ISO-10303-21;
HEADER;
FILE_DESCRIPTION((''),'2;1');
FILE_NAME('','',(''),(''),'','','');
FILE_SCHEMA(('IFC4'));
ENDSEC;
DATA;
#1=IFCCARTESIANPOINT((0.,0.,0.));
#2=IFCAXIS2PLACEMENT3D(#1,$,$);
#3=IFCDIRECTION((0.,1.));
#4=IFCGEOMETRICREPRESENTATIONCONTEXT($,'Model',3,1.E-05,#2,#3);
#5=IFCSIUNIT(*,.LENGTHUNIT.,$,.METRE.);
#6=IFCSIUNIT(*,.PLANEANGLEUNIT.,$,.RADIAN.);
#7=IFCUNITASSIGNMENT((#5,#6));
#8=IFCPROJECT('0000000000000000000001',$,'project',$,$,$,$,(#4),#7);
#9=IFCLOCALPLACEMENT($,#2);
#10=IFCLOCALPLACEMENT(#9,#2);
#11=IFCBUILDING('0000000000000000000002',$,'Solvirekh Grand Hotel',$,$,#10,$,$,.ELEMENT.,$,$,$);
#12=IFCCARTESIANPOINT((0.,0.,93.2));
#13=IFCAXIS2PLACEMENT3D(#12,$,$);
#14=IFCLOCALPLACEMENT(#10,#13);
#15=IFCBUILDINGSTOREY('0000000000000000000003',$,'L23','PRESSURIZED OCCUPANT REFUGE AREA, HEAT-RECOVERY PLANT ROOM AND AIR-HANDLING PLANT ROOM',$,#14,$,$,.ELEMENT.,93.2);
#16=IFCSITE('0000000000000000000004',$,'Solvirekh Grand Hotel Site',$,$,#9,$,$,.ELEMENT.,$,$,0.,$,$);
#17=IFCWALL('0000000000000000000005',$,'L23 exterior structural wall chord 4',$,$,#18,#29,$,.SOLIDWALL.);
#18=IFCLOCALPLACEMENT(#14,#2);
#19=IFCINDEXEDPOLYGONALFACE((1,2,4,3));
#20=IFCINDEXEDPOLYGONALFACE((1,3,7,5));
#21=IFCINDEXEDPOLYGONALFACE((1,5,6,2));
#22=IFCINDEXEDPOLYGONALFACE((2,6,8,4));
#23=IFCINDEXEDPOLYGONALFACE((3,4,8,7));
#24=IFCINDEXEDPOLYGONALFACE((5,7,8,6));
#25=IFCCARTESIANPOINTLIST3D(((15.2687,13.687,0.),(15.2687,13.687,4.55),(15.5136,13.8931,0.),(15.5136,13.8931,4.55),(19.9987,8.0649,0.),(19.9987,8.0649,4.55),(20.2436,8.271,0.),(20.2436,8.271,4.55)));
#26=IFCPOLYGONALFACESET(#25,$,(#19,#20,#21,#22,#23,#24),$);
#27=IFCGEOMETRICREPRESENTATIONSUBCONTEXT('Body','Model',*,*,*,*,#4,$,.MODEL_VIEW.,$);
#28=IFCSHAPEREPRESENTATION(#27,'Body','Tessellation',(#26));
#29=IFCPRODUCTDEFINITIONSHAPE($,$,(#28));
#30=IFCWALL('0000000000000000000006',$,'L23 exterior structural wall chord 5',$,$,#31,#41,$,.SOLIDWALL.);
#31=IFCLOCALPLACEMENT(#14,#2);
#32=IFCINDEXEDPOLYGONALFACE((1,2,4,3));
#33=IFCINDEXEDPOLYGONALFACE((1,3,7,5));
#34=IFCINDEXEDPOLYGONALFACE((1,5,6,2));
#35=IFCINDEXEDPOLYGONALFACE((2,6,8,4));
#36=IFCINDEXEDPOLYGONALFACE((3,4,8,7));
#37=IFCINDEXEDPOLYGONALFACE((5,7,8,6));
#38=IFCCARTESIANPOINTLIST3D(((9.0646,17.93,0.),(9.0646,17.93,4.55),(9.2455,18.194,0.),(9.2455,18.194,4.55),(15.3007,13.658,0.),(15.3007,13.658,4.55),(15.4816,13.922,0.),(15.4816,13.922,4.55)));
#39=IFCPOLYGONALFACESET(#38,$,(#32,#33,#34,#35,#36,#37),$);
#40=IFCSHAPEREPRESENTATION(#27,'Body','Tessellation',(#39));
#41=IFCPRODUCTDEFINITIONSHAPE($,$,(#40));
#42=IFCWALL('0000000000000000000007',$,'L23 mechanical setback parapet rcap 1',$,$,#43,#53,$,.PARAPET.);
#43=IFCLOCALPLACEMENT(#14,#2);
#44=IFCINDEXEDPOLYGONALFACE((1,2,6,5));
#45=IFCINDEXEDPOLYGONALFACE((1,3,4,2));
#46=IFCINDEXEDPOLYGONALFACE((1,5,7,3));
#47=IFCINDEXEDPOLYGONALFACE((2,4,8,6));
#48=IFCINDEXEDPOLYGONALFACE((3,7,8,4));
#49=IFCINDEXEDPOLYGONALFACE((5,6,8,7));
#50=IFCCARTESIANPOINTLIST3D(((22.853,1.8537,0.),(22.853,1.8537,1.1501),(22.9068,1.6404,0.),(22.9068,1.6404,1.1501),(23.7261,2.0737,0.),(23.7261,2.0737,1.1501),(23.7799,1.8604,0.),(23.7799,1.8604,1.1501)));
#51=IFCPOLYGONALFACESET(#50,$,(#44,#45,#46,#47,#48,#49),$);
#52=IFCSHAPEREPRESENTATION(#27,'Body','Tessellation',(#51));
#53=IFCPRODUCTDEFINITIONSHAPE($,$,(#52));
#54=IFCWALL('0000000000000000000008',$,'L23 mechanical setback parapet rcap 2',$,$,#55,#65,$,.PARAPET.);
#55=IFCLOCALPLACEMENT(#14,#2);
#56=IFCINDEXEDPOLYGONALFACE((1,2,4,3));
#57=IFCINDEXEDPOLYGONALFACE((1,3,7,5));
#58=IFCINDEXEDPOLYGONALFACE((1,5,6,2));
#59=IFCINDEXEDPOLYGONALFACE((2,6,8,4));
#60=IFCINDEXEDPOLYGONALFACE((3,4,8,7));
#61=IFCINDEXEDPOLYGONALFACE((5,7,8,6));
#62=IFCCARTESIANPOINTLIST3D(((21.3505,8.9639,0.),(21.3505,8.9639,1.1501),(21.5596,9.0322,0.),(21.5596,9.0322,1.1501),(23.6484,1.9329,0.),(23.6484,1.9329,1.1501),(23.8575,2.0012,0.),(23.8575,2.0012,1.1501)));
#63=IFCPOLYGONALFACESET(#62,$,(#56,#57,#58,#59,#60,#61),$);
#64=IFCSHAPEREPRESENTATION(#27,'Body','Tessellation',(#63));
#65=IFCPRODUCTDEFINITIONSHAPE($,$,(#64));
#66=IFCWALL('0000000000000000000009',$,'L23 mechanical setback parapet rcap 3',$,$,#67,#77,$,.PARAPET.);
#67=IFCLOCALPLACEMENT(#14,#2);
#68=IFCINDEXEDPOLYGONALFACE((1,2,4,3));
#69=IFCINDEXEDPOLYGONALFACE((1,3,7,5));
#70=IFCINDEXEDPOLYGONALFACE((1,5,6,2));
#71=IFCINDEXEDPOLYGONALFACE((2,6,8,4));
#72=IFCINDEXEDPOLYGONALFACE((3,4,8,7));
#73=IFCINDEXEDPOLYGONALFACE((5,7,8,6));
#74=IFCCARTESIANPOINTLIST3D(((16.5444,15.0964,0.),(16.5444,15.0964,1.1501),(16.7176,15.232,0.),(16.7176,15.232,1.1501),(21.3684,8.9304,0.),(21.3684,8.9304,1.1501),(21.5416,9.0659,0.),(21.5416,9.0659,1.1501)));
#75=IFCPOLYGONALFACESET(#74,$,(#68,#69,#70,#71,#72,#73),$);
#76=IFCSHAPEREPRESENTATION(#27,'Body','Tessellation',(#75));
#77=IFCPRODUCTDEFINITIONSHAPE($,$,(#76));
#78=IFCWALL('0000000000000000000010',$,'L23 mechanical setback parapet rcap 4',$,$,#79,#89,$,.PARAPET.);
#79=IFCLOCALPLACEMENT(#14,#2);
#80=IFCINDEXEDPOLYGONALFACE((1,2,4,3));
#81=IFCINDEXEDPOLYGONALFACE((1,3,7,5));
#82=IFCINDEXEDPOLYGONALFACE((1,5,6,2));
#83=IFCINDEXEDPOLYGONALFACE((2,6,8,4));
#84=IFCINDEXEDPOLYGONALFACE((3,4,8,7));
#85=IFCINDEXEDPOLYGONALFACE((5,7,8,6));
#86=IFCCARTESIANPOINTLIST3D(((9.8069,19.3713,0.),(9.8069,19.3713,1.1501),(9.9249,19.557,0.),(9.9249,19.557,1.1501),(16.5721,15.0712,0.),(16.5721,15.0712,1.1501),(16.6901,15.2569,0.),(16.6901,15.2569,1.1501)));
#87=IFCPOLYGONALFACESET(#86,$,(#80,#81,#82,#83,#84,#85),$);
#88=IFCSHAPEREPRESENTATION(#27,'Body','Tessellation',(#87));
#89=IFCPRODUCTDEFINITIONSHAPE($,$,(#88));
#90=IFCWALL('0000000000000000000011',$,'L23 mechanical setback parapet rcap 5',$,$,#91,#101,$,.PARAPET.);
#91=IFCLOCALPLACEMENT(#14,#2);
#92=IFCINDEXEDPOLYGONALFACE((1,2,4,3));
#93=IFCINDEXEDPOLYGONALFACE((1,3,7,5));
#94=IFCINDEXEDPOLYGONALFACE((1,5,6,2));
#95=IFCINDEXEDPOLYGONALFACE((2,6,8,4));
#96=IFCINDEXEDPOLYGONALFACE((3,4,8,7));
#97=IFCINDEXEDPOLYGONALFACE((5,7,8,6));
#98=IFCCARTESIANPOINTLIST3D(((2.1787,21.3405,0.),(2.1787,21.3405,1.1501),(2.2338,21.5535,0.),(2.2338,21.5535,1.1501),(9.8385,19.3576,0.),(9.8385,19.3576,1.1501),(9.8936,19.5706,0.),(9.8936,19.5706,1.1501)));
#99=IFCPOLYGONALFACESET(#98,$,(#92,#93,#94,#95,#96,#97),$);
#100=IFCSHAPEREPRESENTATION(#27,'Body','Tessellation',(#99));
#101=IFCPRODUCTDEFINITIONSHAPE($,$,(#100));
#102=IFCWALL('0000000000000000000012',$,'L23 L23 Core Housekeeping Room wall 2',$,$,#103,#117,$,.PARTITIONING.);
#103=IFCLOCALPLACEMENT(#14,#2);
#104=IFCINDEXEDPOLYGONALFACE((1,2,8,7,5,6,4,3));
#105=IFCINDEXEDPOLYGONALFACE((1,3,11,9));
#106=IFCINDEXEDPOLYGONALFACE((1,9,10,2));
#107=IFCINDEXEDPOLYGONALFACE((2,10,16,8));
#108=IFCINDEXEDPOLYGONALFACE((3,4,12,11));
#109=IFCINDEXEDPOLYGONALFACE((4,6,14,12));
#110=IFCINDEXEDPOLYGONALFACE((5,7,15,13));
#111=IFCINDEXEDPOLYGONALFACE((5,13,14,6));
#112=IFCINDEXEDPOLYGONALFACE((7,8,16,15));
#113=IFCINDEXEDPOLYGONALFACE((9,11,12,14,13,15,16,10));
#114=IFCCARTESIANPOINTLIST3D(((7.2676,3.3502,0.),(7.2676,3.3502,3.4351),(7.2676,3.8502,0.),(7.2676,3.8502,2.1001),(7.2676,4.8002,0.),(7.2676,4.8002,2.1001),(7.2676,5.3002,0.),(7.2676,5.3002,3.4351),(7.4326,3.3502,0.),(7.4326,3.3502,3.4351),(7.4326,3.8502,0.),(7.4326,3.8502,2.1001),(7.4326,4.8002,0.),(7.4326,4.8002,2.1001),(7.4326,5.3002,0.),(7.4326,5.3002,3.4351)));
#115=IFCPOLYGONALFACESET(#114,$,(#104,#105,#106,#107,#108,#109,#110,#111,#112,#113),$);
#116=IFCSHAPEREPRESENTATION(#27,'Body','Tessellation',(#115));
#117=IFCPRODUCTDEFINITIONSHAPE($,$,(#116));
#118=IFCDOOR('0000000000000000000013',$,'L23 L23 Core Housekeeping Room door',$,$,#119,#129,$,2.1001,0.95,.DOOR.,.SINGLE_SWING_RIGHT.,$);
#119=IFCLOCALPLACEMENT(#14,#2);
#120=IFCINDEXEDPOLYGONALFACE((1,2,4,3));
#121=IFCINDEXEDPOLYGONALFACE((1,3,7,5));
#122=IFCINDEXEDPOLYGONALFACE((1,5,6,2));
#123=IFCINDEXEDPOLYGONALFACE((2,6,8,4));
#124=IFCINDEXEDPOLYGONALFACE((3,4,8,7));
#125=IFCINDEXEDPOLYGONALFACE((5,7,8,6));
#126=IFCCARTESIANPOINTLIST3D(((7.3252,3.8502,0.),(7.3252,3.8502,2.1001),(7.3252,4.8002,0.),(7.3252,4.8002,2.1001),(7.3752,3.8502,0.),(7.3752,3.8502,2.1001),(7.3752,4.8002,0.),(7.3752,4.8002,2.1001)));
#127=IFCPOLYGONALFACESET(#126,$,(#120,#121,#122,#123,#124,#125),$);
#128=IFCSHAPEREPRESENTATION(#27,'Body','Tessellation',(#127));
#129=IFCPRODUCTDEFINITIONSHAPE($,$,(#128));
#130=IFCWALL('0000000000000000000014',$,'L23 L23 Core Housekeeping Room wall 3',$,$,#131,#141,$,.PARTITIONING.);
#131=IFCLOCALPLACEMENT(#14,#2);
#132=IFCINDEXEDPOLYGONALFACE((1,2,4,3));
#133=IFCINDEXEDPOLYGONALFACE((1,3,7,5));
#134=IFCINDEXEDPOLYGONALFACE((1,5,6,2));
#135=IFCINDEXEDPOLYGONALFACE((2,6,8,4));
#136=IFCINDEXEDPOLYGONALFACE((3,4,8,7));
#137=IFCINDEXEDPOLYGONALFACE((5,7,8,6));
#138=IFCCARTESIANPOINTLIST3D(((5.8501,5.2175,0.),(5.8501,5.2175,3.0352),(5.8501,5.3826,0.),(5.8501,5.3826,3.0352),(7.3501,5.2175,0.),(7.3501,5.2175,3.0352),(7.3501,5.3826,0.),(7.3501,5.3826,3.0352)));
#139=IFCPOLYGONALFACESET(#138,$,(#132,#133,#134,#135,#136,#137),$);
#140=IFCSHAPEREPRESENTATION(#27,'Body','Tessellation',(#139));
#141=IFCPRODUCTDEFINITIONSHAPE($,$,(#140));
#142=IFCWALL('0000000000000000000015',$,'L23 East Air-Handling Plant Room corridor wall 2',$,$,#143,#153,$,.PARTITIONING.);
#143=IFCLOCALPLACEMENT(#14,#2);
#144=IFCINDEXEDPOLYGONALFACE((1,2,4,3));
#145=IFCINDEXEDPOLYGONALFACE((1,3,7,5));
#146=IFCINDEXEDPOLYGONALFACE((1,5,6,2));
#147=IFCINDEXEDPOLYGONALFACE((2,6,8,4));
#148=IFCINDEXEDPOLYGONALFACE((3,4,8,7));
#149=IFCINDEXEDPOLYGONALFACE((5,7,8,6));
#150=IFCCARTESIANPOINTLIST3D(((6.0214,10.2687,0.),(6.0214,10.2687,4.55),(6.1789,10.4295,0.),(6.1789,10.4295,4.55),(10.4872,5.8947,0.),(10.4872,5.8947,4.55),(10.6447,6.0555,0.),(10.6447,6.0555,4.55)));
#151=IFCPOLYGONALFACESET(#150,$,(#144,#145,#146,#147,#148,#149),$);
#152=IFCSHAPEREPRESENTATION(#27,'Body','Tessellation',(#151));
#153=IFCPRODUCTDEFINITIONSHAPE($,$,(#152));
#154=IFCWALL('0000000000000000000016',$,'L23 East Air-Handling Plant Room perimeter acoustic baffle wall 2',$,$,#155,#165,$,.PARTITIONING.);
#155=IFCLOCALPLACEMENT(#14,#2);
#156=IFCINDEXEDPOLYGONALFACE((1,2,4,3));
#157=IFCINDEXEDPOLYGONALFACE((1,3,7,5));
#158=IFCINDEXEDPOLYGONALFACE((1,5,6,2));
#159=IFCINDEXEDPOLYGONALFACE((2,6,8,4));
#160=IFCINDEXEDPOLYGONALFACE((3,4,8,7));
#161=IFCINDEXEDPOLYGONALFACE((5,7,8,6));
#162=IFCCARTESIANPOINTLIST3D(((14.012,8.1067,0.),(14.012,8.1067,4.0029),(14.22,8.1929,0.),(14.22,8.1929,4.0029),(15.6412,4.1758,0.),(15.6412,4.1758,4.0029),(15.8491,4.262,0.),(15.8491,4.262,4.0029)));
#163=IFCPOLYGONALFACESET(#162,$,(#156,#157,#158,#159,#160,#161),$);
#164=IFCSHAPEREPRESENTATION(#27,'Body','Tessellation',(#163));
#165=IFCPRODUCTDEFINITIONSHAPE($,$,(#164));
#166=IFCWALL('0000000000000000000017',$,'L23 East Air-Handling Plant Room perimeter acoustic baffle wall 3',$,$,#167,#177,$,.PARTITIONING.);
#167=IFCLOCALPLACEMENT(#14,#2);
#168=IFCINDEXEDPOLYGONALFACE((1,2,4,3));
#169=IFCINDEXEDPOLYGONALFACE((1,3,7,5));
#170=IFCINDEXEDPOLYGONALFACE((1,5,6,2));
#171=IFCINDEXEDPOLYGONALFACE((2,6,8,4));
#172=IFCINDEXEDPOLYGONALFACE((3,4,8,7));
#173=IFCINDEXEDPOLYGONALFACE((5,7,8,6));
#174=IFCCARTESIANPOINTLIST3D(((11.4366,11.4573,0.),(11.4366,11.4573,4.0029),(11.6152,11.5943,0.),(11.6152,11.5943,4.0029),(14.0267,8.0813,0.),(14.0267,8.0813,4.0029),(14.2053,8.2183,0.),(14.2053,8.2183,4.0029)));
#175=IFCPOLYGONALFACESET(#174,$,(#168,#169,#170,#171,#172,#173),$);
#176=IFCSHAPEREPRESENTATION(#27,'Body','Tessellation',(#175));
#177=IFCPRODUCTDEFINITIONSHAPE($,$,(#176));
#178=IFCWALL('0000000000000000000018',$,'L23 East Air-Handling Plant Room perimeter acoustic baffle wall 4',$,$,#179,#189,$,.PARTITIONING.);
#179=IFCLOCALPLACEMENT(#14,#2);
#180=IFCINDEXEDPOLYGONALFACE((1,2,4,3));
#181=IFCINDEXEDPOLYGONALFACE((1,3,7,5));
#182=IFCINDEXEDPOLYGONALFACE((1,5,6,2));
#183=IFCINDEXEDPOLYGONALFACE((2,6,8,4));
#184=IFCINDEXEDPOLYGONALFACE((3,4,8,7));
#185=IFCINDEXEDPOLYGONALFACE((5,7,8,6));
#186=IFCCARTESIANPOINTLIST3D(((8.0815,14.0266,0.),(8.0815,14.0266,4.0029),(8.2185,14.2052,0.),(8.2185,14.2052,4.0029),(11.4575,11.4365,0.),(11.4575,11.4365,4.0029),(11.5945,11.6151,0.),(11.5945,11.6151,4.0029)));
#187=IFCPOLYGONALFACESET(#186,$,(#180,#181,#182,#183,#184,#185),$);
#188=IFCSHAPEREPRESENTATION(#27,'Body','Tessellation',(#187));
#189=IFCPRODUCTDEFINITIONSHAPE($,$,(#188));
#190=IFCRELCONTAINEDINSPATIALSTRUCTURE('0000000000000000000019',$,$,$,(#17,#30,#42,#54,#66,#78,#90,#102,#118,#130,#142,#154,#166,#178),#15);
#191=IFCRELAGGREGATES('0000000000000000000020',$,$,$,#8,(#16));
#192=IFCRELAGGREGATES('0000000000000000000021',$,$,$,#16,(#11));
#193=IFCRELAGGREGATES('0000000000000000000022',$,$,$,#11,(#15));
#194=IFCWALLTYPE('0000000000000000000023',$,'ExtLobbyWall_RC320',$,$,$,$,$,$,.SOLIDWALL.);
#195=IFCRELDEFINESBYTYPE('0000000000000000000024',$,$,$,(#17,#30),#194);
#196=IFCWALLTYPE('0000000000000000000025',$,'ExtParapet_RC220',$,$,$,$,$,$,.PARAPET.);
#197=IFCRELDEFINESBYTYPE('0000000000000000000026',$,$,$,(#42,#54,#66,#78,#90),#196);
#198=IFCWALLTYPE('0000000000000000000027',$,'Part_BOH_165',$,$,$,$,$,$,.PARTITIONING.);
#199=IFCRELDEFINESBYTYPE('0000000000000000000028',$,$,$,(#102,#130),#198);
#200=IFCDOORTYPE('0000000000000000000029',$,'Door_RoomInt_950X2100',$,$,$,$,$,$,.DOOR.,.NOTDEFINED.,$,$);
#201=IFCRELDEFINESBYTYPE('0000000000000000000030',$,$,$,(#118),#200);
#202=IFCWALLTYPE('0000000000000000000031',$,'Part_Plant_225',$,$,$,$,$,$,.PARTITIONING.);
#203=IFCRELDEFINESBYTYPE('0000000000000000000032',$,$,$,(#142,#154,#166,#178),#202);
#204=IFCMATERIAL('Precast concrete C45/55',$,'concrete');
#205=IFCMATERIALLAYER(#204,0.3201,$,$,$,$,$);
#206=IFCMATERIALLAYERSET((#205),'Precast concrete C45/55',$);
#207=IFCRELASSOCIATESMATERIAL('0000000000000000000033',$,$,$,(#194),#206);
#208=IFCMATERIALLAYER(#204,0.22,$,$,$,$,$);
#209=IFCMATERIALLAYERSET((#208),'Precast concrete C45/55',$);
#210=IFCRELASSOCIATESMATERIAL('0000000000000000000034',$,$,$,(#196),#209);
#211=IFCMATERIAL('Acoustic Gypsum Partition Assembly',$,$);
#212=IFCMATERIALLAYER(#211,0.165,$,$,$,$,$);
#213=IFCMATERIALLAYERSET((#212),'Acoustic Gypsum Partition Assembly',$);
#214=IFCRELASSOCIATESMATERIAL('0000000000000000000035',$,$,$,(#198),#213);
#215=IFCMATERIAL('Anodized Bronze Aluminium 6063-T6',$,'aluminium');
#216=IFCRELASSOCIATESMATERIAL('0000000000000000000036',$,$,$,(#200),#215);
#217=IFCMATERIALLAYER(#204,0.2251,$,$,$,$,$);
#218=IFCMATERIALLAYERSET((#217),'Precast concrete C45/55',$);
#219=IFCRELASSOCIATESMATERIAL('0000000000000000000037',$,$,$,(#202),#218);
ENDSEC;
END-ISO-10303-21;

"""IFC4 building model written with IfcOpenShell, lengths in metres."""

from ifc_helpers import new_model, si_unit, direction, frame, frame_2d, origin, place, context, subcontext, project, spatial, rectangle, extrude, material, layer, layer_set, type_object, element, fill, save


model = new_model("IFC4")

# Units and contexts
model_context = context("Model", 3, precision=1e-05, world=origin(), true_north=direction((0.0, 1.0)))
body_context = subcontext(model_context, "Body", "Model", "MODEL_VIEW")
ifc_project = project(units=[si_unit("LENGTHUNIT", "METRE"), si_unit("PLANEANGLEUNIT", "RADIAN")], contexts=[model_context])

# Site, building, storey
site_placement = place(None, origin())
site = spatial("IfcSite", under=ifc_project, at=site_placement, Name="Solvirekh Grand Hotel Site", CompositionType="ELEMENT", RefElevation=0.0)
building_placement = place(site_placement, origin())
building = spatial("IfcBuilding", under=site, at=building_placement, Name="Solvirekh Grand Hotel", CompositionType="ELEMENT")
storey_placement = place(building_placement, frame((0.0, 0.0, 93.2)))
storey = spatial("IfcBuildingStorey", under=building, at=storey_placement, Name="L23", Description="PRESSURIZED OCCUPANT REFUGE AREA, HEAT-RECOVERY PLANT ROOM AND AIR-HANDLING PLANT ROOM", CompositionType="ELEMENT", Elevation=93.2)

# Walls
ifc_material_1 = material(Name="Precast concrete C45/55", Category="concrete")
ifc_layer_1 = layer(ifc_material_1, 0.3201)
ifc_layer_set_1 = layer_set([ifc_layer_1], Name="Precast concrete C45/55")
wall_type_1 = type_object("IfcWallType", Name="ExtLobbyWall_RC320", PredefinedType="SOLIDWALL", material=ifc_layer_set_1)
wall_1_placement = place(storey_placement, frame((15.3911, 13.79, 0.0), z_axis=(0.0, 0.0, 1.0), x_axis=(0.643786, -0.765206, 0.0)))
element("IfcWall", 1, at=wall_1_placement, inside=storey, type_object=wall_type_1, Name="L23 exterior structural wall chord 4", PredefinedType="SOLIDWALL", context=body_context, shape_type="SweptSolid", body=[
    extrude(rectangle(XDim=7.3472, YDim=0.3201, at=frame_2d((3.6736, 0.0))), origin(), (0.0, 0.0, 1.0), 4.55),
])
wall_2_placement = place(storey_placement, frame((9.155, 18.062, 0.0), z_axis=(0.0, 0.0, 1.0), x_axis=(0.824988, -0.56515, 0.0)))
element("IfcWall", 2, at=wall_2_placement, inside=storey, type_object=wall_type_1, Name="L23 exterior structural wall chord 5", PredefinedType="SOLIDWALL", context=body_context, shape_type="SweptSolid", body=[
    extrude(rectangle(XDim=7.5591, YDim=0.3201, at=frame_2d((3.7795, 0.0))), origin(), (0.0, 0.0, 1.0), 4.55),
])
ifc_layer_2 = layer(ifc_material_1, 0.22)
ifc_layer_set_2 = layer_set([ifc_layer_2], Name="Precast concrete C45/55")
wall_type_2 = type_object("IfcWallType", Name="ExtParapet_RC220", PredefinedType="PARAPET", material=ifc_layer_set_2)
wall_3_placement = place(storey_placement, frame((22.8799, 1.7471, 0.0), z_axis=(0.0, 0.0, 1.0), x_axis=(0.969694, 0.244322, 0.0)))
element("IfcWall", 3, at=wall_3_placement, inside=storey, type_object=wall_type_2, Name="L23 mechanical setback parapet rcap 1", PredefinedType="PARAPET", context=body_context, shape_type="SweptSolid", body=[
    extrude(rectangle(XDim=0.9004, YDim=0.22, at=frame_2d((0.4502, 0.0))), origin(), (0.0, 0.0, 1.0), 1.1501),
])
wall_4_placement = place(storey_placement, frame((23.7529, 1.967, 0.0), z_axis=(0.0, 0.0, 1.0), x_axis=(-0.310648, 0.950525, 0.0)))
element("IfcWall", 4, at=wall_4_placement, inside=storey, type_object=wall_type_2, Name="L23 mechanical setback parapet rcap 2", PredefinedType="PARAPET", context=body_context, shape_type="SweptSolid", body=[
    extrude(rectangle(XDim=7.397, YDim=0.22, at=frame_2d((3.6985, 0.0))), origin(), (0.0, 0.0, 1.0), 1.1501),
])
wall_5_placement = place(storey_placement, frame((21.4551, 8.998, 0.0), z_axis=(0.0, 0.0, 1.0), x_axis=(-0.616181, 0.787604, 0.0)))
element("IfcWall", 5, at=wall_5_placement, inside=storey, type_object=wall_type_2, Name="L23 mechanical setback parapet rcap 3", PredefinedType="PARAPET", context=body_context, shape_type="SweptSolid", body=[
    extrude(rectangle(XDim=7.8289, YDim=0.22, at=frame_2d((3.9146, 0.0))), origin(), (0.0, 0.0, 1.0), 1.1501),
])
wall_6_placement = place(storey_placement, frame((16.6311, 15.1641, 0.0), z_axis=(0.0, 0.0, 1.0), x_axis=(-0.843946, 0.536428, 0.0)))
element("IfcWall", 6, at=wall_6_placement, inside=storey, type_object=wall_type_2, Name="L23 mechanical setback parapet rcap 4", PredefinedType="PARAPET", context=body_context, shape_type="SweptSolid", body=[
    extrude(rectangle(XDim=8.0161, YDim=0.22, at=frame_2d((4.0081, 0.0))), origin(), (0.0, 0.0, 1.0), 1.1501),
])
wall_7_placement = place(storey_placement, frame((9.866, 19.4641, 0.0), z_axis=(0.0, 0.0, 1.0), x_axis=(-0.968089, 0.250608, 0.0)))
element("IfcWall", 7, at=wall_7_placement, inside=storey, type_object=wall_type_2, Name="L23 mechanical setback parapet rcap 5", PredefinedType="PARAPET", context=body_context, shape_type="SweptSolid", body=[
    extrude(rectangle(XDim=7.9124, YDim=0.22, at=frame_2d((3.9561, 0.0))), origin(), (0.0, 0.0, 1.0), 1.1501),
])

# Wall, opening, door
ifc_material_2 = material(Name="Acoustic Gypsum Partition Assembly")
ifc_layer_3 = layer(ifc_material_2, 0.165)
ifc_layer_set_3 = layer_set([ifc_layer_3], Name="Acoustic Gypsum Partition Assembly")
wall_type_3 = type_object("IfcWallType", Name="Part_BOH_165", PredefinedType="PARTITIONING", material=ifc_layer_set_3)
wall_8_placement = place(storey_placement, frame((7.3501, 3.3501, 0.0), z_axis=(0.0, 0.0, 1.0), x_axis=(0.0, 1.0, 0.0)))
wall_8 = element("IfcWall", 8, at=wall_8_placement, inside=storey, type_object=wall_type_3, Name="L23 L23 Core Housekeeping Room wall 2", PredefinedType="PARTITIONING", context=body_context, shape_type="SweptSolid", body=[
    extrude(rectangle(XDim=1.95, YDim=0.165, at=frame_2d((0.9751, 0.0))), origin(), (0.0, 0.0, 1.0), 3.4351),
])
opening_placement = place(wall_8_placement, frame((0.5, 0.0, 0.0)))
opening = element("IfcOpeningElement", 9, at=opening_placement, cuts=wall_8, PredefinedType="OPENING", context=body_context, shape_type="SweptSolid", body=[
    extrude(rectangle(XDim=0.95, YDim=2.1001, at=frame_2d((0.4751, 1.05))), frame((0.0, 0.0925, 0.0), z_axis=(0.0, -1.0, 0.0), x_axis=(1.0, 0.0, 0.0)), (0.0, 0.0, 1.0), 0.1851),
])
ifc_material_3 = material(Name="Anodized Bronze Aluminium 6063-T6", Category="aluminium")
door_type = type_object("IfcDoorType", Name="Door_RoomInt_950X2100", OperationType="NOTDEFINED", PredefinedType="DOOR", material=ifc_material_3)
door_placement = place(opening_placement, origin())
door = element("IfcDoor", 10, at=door_placement, inside=storey, type_object=door_type, Name="L23 L23 Core Housekeeping Room door", OperationType="SINGLE_SWING_RIGHT", OverallHeight=2.1001, OverallWidth=0.95, PredefinedType="DOOR", context=body_context, shape_type="SweptSolid", body=[
    extrude(rectangle(XDim=0.95, YDim=2.1001, at=frame_2d((0.4751, 1.05))), frame((0.0, 0.0249, 0.0), z_axis=(0.0, -1.0, 0.0), x_axis=(1.0, 0.0, 0.0)), (0.0, 0.0, 1.0), 0.05),
])
fill(opening, door)

# Walls
wall_9_placement = place(storey_placement, frame((7.3501, 5.3, 0.0), z_axis=(0.0, 0.0, 1.0), x_axis=(-1.0, 0.0, 0.0)))
element("IfcWall", 11, at=wall_9_placement, inside=storey, type_object=wall_type_3, Name="L23 L23 Core Housekeeping Room wall 3", PredefinedType="PARTITIONING", context=body_context, shape_type="SweptSolid", body=[
    extrude(rectangle(XDim=1.5, YDim=0.165, at=frame_2d((0.75, 0.0))), origin(), (0.0, 0.0, 1.0), 3.0352),
])
ifc_layer_4 = layer(ifc_material_1, 0.2251)
ifc_layer_set_4 = layer_set([ifc_layer_4], Name="Precast concrete C45/55")
wall_type_4 = type_object("IfcWallType", Name="Part_Plant_225", PredefinedType="PARTITIONING", material=ifc_layer_set_4)
wall_10_placement = place(storey_placement, frame((10.5659, 5.9751, 0.0), z_axis=(0.0, 0.0, 1.0), x_axis=(-0.714411, 0.699726, 0.0)))
element("IfcWall", 12, at=wall_10_placement, inside=storey, type_object=wall_type_4, Name="L23 East Air-Handling Plant Room corridor wall 2", PredefinedType="PARTITIONING", context=body_context, shape_type="SweptSolid", body=[
    extrude(rectangle(XDim=6.251, YDim=0.2251, at=frame_2d((3.1255, 0.0))), origin(), (0.0, 0.0, 1.0), 4.55),
])
for number, where, z_axis, x_axis, name in (
    (13, (15.7451, 4.219, 0.0), (0.0, 0.0, 1.0), (-0.382867, 0.923803, 0.0), "L23 East Air-Handling Plant Room perimeter acoustic baffle wall 2"),
    (14, (14.116, 8.1499, 0.0), (0.0, 0.0, 1.0), (-0.608704, 0.793398, 0.0), "L23 East Air-Handling Plant Room perimeter acoustic baffle wall 3"),
    (15, (11.5259, 11.5259, 0.0), (0.0, 0.0, 1.0), (-0.793398, 0.608704, 0.0), "L23 East Air-Handling Plant Room perimeter acoustic baffle wall 4"),
):
    element("IfcWall", number, at=place(storey_placement, frame(where, z_axis=z_axis, x_axis=x_axis)), inside=storey, type_object=wall_type_4, Name=name, PredefinedType="PARTITIONING", context=body_context, shape_type="SweptSolid", body=[
        extrude(rectangle(XDim=4.2551, YDim=0.2251, at=frame_2d((2.1274, 0.0))), origin(), (0.0, 0.0, 1.0), 4.0029),
    ])

save(model, "model.ifc")
